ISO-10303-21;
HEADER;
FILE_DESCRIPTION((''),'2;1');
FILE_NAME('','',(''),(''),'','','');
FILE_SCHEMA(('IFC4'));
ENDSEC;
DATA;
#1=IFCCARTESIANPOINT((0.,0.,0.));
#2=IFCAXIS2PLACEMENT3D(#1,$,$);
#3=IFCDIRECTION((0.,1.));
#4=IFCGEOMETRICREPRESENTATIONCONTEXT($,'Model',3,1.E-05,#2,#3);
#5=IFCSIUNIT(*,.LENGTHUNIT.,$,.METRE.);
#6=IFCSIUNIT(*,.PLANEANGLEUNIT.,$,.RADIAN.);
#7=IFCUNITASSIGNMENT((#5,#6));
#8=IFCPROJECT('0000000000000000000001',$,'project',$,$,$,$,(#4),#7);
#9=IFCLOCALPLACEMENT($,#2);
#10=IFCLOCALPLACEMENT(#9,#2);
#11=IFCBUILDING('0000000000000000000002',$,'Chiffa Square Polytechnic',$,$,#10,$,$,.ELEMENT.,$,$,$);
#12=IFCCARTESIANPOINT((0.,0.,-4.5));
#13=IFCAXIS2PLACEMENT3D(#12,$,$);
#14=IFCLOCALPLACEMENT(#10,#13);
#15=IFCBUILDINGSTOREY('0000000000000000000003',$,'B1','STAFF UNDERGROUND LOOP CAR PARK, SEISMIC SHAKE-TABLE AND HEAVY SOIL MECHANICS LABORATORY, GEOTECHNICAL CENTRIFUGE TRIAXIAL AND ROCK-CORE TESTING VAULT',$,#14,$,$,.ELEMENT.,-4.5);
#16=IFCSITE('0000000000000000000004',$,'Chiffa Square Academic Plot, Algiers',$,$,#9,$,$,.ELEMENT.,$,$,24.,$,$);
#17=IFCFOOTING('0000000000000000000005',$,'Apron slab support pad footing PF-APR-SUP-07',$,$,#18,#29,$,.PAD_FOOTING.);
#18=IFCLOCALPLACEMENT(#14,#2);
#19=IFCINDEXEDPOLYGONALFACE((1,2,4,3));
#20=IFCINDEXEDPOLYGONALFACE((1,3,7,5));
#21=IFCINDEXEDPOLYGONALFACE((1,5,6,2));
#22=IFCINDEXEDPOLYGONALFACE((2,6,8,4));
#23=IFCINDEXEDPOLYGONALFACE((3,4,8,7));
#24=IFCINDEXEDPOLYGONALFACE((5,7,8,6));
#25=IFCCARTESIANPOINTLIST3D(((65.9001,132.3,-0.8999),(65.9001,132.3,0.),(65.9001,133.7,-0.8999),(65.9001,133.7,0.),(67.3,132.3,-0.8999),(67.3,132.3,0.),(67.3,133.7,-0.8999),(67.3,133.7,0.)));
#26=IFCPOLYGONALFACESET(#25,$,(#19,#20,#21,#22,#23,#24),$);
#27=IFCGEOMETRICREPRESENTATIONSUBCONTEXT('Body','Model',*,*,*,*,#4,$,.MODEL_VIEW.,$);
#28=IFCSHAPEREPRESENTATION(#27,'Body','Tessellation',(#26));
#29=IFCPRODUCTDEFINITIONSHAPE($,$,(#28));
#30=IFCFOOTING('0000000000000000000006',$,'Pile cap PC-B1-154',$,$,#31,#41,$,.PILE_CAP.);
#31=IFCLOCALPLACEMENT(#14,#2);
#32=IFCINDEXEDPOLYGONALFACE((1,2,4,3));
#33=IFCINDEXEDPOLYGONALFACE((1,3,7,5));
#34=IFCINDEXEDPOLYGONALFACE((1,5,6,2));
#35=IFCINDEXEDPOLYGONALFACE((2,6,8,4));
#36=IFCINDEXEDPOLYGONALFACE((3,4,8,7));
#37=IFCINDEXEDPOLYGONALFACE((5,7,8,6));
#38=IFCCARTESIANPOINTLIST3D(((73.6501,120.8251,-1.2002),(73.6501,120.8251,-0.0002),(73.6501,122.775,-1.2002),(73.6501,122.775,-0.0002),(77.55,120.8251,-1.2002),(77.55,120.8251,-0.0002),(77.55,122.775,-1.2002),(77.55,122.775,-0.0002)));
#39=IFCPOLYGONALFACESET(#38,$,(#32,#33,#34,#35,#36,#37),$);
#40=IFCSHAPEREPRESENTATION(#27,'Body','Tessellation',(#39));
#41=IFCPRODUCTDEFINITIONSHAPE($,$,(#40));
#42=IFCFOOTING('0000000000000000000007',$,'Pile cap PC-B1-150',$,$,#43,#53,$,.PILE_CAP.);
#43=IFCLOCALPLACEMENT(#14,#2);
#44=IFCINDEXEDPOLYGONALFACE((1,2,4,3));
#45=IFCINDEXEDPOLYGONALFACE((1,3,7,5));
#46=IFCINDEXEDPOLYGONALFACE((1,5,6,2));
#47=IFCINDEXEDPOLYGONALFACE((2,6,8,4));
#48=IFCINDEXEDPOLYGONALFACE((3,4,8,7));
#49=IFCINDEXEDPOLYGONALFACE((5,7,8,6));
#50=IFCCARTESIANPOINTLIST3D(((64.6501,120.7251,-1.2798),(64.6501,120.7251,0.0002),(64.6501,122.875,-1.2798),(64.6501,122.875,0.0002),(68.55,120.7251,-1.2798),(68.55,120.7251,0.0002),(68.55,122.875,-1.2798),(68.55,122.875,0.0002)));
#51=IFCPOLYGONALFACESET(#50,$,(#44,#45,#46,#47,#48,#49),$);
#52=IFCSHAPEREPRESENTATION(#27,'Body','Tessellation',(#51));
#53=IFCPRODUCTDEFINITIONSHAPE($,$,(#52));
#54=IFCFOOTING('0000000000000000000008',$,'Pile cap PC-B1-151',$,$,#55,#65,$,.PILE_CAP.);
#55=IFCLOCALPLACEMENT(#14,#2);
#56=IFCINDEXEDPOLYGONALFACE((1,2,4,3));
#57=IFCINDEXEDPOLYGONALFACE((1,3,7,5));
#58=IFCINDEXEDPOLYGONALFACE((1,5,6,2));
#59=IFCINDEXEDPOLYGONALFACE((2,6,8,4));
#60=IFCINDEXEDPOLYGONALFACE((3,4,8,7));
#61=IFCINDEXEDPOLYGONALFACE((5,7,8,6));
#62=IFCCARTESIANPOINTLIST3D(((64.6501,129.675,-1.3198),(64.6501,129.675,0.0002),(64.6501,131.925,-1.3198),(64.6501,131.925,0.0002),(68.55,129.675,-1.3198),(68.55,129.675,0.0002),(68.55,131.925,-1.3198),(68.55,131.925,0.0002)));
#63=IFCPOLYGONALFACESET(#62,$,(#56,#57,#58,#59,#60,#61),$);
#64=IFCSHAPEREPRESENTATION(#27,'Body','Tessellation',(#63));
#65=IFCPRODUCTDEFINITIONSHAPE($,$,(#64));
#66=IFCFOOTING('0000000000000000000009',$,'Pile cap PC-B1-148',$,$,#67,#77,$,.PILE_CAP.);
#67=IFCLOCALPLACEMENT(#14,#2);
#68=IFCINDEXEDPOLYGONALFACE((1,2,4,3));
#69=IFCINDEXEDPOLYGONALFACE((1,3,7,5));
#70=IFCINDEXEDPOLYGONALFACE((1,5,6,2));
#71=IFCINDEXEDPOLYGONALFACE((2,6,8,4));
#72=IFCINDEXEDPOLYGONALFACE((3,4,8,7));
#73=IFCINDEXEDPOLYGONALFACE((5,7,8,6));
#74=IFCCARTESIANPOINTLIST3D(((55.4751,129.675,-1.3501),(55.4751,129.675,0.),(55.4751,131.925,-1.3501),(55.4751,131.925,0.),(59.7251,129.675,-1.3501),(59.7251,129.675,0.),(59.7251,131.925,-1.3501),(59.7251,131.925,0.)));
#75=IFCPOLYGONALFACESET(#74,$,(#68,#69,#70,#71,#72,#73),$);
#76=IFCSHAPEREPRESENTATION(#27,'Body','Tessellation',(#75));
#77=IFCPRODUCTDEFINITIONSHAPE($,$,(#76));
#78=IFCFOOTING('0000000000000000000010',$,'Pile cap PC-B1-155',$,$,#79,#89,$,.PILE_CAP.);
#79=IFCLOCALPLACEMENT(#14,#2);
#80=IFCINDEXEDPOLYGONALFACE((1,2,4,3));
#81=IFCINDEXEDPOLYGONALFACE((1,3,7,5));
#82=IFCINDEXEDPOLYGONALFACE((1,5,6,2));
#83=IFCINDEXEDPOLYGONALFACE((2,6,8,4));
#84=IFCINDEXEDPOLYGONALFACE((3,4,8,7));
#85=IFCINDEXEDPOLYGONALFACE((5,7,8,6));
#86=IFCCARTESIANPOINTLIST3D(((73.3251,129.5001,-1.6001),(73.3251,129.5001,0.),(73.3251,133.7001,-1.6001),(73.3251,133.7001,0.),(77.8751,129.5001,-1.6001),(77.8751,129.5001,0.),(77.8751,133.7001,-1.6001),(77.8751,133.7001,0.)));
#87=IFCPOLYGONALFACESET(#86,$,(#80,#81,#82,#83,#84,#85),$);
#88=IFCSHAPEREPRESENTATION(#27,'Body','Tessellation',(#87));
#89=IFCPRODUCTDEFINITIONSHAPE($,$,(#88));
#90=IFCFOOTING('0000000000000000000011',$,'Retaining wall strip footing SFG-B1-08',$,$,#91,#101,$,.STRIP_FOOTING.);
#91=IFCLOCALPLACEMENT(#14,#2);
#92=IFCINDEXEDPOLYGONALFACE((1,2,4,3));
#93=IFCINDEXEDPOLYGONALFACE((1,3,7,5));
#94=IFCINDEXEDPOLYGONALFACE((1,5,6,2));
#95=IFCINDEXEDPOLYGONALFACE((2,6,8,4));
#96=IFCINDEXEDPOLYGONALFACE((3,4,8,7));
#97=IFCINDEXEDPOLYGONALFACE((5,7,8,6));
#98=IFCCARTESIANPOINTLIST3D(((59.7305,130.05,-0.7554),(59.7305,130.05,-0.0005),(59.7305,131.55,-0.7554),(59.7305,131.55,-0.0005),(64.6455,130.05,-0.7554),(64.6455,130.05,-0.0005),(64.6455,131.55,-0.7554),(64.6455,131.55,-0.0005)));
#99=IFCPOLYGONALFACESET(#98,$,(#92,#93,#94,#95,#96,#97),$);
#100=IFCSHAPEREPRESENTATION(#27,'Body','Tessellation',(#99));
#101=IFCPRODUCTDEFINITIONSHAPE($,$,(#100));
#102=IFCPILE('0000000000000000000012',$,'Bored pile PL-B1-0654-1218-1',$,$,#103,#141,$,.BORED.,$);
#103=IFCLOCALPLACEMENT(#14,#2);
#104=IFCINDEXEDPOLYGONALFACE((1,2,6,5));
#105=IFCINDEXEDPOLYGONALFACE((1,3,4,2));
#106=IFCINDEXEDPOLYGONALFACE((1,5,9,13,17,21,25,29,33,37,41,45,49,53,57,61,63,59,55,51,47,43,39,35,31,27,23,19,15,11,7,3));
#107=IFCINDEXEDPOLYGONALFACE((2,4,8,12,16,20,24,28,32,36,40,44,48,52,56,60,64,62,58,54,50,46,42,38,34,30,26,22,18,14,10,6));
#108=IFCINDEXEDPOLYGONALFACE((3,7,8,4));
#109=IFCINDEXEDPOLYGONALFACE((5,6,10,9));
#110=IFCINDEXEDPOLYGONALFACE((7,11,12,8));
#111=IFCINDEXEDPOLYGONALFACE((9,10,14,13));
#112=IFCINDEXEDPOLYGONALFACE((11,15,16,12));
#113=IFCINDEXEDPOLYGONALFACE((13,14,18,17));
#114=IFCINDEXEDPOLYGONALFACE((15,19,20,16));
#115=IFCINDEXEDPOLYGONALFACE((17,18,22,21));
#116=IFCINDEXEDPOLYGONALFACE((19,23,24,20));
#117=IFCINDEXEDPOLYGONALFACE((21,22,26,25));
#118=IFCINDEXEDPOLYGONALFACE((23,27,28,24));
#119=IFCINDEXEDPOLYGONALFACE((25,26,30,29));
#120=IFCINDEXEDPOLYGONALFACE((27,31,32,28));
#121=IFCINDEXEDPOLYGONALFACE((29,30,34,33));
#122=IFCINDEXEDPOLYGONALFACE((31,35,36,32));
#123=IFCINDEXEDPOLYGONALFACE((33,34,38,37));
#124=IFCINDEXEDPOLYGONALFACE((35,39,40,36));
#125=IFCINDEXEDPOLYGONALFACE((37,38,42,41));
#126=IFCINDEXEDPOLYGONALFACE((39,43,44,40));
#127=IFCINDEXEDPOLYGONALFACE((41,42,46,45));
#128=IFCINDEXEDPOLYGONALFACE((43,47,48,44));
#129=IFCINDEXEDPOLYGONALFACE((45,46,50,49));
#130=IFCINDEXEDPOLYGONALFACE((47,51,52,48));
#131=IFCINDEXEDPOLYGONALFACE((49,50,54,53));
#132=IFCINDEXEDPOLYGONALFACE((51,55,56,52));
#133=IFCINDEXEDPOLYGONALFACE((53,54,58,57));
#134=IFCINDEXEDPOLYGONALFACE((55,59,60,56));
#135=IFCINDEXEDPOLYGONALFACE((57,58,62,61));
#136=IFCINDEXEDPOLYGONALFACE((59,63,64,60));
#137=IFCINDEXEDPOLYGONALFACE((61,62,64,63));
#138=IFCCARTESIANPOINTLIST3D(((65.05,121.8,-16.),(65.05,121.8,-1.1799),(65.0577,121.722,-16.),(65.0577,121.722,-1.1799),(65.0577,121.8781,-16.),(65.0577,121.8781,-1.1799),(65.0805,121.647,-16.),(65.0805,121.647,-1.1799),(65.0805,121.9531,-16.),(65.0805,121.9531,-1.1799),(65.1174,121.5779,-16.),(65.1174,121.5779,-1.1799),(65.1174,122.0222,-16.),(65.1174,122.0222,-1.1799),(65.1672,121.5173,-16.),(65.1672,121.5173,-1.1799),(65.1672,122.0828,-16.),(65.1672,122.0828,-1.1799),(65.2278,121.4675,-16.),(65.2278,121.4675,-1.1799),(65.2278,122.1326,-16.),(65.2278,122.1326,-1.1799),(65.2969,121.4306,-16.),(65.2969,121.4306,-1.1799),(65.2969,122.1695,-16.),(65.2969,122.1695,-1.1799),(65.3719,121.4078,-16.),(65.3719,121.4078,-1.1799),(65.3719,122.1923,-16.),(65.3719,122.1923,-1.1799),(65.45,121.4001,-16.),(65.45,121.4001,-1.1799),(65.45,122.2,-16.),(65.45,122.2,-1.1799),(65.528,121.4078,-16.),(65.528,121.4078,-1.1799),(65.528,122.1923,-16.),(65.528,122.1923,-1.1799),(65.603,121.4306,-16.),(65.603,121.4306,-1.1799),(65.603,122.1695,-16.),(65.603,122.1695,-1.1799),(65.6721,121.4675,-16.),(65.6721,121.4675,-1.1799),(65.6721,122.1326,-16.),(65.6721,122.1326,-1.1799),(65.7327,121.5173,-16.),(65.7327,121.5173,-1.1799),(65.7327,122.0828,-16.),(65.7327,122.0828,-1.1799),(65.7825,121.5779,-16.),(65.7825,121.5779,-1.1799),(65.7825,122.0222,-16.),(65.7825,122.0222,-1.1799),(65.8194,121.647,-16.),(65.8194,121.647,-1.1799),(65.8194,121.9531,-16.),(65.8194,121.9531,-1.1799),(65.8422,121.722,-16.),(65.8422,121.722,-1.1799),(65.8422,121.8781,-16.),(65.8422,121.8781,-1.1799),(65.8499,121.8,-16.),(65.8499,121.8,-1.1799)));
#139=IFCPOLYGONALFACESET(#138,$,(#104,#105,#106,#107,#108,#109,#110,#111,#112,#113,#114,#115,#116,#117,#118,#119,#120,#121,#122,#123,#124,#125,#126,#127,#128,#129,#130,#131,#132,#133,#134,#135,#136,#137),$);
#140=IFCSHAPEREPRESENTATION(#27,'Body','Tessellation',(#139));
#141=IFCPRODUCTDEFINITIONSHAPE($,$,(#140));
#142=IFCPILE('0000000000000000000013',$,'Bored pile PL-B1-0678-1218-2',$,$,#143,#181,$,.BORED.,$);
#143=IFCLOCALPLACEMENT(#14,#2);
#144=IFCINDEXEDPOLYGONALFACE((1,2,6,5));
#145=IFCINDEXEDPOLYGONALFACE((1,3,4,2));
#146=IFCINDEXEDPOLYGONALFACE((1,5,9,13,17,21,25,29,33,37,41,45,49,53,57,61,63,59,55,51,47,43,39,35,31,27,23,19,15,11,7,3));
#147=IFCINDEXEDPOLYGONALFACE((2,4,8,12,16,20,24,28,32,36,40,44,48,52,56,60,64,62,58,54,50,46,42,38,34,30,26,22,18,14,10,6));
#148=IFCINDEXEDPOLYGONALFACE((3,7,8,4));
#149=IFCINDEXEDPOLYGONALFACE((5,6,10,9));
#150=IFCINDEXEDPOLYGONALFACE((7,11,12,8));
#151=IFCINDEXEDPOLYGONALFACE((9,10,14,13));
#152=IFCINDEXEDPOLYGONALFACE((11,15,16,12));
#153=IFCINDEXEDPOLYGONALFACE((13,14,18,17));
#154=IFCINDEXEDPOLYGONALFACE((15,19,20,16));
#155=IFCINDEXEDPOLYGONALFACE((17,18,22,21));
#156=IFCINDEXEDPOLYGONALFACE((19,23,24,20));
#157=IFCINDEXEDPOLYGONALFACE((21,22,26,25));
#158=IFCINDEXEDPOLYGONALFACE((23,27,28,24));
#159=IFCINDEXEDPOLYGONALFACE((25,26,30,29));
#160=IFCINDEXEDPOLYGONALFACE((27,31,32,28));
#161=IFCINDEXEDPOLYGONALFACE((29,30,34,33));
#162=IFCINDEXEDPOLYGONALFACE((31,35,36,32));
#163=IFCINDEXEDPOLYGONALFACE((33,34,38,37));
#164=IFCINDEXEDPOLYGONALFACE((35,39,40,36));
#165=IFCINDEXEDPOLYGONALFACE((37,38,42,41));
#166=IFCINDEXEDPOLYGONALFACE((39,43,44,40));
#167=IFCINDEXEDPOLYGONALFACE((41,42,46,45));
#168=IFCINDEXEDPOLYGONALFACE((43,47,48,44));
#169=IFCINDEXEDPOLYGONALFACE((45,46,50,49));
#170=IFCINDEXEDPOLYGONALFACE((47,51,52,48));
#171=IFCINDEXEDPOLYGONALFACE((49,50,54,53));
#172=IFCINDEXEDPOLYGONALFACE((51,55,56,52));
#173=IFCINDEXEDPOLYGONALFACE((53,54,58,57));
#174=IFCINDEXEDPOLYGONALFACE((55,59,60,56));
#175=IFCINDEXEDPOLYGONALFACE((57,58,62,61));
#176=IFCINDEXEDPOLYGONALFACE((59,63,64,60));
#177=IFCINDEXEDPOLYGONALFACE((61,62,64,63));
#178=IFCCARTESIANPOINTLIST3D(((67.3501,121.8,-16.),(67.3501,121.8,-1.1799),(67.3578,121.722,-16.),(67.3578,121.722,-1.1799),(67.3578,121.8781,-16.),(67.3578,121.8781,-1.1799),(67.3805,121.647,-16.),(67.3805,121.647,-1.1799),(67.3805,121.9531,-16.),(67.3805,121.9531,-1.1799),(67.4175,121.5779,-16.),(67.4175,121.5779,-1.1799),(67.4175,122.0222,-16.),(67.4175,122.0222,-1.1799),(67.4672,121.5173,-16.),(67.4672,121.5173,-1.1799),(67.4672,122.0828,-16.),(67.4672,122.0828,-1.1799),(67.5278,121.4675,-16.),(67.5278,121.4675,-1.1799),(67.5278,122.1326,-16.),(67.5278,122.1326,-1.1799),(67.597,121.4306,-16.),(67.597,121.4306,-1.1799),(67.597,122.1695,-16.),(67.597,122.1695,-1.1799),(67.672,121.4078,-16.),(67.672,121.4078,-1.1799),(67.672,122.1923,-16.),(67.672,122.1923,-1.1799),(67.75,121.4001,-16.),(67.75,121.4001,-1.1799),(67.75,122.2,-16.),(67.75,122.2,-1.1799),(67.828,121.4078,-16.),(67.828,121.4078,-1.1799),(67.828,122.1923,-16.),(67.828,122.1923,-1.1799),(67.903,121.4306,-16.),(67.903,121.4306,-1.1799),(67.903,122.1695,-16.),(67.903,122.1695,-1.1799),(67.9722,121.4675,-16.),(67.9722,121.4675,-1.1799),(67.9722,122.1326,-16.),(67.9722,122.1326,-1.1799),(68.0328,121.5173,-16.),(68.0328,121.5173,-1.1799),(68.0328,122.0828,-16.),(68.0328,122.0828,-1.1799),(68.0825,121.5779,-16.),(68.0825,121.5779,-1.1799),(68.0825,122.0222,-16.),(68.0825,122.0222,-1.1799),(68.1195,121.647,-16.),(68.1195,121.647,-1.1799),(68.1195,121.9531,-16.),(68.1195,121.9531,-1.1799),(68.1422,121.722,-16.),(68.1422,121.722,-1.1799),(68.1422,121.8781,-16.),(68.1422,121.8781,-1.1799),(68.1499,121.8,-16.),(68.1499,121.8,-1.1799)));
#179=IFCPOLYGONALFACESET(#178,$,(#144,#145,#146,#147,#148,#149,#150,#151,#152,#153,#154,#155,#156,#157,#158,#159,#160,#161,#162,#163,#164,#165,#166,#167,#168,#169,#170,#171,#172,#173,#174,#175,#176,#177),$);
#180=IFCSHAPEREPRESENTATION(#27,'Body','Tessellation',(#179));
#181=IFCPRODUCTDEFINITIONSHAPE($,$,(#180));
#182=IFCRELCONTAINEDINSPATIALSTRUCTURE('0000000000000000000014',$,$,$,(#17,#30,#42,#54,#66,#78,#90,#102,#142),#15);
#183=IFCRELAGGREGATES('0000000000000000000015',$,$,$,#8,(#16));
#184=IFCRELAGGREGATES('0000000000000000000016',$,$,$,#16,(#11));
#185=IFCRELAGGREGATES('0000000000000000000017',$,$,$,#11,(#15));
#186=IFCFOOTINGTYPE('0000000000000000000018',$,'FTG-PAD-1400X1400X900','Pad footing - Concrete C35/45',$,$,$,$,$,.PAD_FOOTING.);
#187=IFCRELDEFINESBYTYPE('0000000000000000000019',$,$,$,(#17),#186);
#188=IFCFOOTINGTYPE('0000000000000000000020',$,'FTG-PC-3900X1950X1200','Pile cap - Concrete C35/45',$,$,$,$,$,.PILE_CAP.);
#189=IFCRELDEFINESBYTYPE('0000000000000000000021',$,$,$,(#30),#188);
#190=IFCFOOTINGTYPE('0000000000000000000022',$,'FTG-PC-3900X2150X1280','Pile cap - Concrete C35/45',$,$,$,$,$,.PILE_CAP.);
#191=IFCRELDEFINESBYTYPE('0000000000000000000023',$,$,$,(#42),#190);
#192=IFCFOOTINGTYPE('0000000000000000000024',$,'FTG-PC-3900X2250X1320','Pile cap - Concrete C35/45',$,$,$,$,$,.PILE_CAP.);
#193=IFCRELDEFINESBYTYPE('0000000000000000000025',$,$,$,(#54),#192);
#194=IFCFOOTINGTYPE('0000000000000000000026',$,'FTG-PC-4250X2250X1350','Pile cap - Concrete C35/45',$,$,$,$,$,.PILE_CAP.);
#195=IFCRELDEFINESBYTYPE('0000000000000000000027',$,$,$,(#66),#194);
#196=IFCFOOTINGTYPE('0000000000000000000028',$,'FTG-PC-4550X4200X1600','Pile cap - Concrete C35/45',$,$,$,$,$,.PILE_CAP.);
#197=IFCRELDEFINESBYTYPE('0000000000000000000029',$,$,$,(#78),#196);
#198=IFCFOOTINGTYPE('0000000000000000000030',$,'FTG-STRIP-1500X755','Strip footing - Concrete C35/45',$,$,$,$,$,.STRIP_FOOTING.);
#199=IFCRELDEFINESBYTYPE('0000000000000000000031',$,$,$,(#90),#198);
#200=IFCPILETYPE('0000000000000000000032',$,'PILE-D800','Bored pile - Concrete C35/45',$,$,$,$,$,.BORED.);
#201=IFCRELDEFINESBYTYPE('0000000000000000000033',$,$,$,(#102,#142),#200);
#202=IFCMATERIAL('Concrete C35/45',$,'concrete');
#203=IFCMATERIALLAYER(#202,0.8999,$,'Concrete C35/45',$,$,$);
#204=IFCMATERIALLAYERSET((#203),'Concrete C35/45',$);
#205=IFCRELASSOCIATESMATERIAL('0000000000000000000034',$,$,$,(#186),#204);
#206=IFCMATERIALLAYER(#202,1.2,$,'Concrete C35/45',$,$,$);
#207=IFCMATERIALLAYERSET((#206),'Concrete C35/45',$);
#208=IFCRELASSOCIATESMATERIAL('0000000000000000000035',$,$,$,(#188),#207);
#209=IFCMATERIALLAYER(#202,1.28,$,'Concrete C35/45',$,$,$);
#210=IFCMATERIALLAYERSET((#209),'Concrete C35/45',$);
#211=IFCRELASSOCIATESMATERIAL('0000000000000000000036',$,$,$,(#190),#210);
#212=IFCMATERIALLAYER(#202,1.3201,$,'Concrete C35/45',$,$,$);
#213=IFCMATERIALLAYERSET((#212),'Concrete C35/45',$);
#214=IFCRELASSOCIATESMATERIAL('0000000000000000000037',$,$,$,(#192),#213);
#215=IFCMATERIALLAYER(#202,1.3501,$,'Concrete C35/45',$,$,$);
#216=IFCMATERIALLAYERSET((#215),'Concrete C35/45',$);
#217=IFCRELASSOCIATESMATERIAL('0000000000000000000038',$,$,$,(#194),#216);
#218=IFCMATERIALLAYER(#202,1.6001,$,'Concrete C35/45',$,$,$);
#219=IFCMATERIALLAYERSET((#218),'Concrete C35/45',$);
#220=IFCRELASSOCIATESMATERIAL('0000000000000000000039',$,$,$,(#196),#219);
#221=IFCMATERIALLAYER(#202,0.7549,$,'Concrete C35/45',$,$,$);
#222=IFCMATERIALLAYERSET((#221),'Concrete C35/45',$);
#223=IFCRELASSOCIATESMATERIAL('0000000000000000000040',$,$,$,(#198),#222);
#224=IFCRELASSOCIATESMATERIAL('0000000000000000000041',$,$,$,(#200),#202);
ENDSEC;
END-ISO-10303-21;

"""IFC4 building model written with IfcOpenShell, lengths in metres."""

from ifc_helpers import new_model, si_unit, direction, frame, origin, origin_2d, place, context, subcontext, project, spatial, rectangle, circle, extrude, material, layer, layer_set, material_profile, profile_set, type_object, element, save


model = new_model("IFC4")

# Units and contexts
model_context = context("Model", 3, precision=1e-05, world=origin(), true_north=direction((0.0, 1.0)))
body_context = subcontext(model_context, "Body", "Model", "MODEL_VIEW")
ifc_project = project(units=[si_unit("LENGTHUNIT", "METRE"), si_unit("PLANEANGLEUNIT", "RADIAN")], contexts=[model_context])

# Site, building, storey
site_placement = place(None, origin())
site = spatial("IfcSite", under=ifc_project, at=site_placement, Name="Chiffa Square Academic Plot, Algiers", CompositionType="ELEMENT", RefElevation=24.0)
building_placement = place(site_placement, origin())
building = spatial("IfcBuilding", under=site, at=building_placement, Name="Chiffa Square Polytechnic", CompositionType="ELEMENT")
storey_placement = place(building_placement, frame((0.0, 0.0, -4.5)))
storey = spatial("IfcBuildingStorey", under=building, at=storey_placement, Name="B1", Description="STAFF UNDERGROUND LOOP CAR PARK, SEISMIC SHAKE-TABLE AND HEAVY SOIL MECHANICS LABORATORY, GEOTECHNICAL CENTRIFUGE TRIAXIAL AND ROCK-CORE TESTING VAULT", CompositionType="ELEMENT", Elevation=-4.5)

# Footings
ifc_material_1 = material(Name="Concrete C35/45", Category="concrete")
ifc_layer_1 = layer(ifc_material_1, 0.8999, Name="Concrete C35/45")
ifc_layer_set_1 = layer_set([ifc_layer_1], Name="Concrete C35/45")
footing_type_1 = type_object("IfcFootingType", Name="FTG-PAD-1400X1400X900", Description="Pad footing - Concrete C35/45", PredefinedType="PAD_FOOTING", material=ifc_layer_set_1)
footing_1_placement = place(storey_placement, frame((66.6001, 133.0, -0.8999), z_axis=(0.0, 0.0, 1.0), x_axis=(1.0, 0.0, 0.0)))
element("IfcFooting", 1, at=footing_1_placement, inside=storey, type_object=footing_type_1, Name="Apron slab support pad footing PF-APR-SUP-07", PredefinedType="PAD_FOOTING", context=body_context, shape_type="SweptSolid", body=[
    extrude(rectangle(XDim=1.3999, YDim=1.3999, at=origin_2d()), origin(), (0.0, 0.0, 1.0), 0.8999),
])
ifc_layer_2 = layer(ifc_material_1, 1.2, Name="Concrete C35/45")
ifc_layer_set_2 = layer_set([ifc_layer_2], Name="Concrete C35/45")
footing_type_2 = type_object("IfcFootingType", Name="FTG-PC-3900X1950X1200", Description="Pile cap - Concrete C35/45", PredefinedType="PILE_CAP", material=ifc_layer_set_2)
footing_2_placement = place(storey_placement, frame((75.6001, 121.8, -1.2002), z_axis=(0.0, 0.0, 1.0), x_axis=(1.0, 0.0, 0.0)))
element("IfcFooting", 2, at=footing_2_placement, inside=storey, type_object=footing_type_2, Name="Pile cap PC-B1-154", PredefinedType="PILE_CAP", context=body_context, shape_type="SweptSolid", body=[
    extrude(rectangle(XDim=3.8999, YDim=1.95, at=origin_2d()), origin(), (0.0, 0.0, 1.0), 1.2),
])
ifc_layer_3 = layer(ifc_material_1, 1.28, Name="Concrete C35/45")
ifc_layer_set_3 = layer_set([ifc_layer_3], Name="Concrete C35/45")
footing_type_3 = type_object("IfcFootingType", Name="FTG-PC-3900X2150X1280", Description="Pile cap - Concrete C35/45", PredefinedType="PILE_CAP", material=ifc_layer_set_3)
footing_3_placement = place(storey_placement, frame((66.6001, 121.8, -1.2798), z_axis=(0.0, 0.0, 1.0), x_axis=(1.0, 0.0, 0.0)))
element("IfcFooting", 3, at=footing_3_placement, inside=storey, type_object=footing_type_3, Name="Pile cap PC-B1-150", PredefinedType="PILE_CAP", context=body_context, shape_type="SweptSolid", body=[
    extrude(rectangle(XDim=3.8999, YDim=2.1499, at=origin_2d()), origin(), (0.0, 0.0, 1.0), 1.28),
])
ifc_layer_4 = layer(ifc_material_1, 1.3201, Name="Concrete C35/45")
ifc_layer_set_4 = layer_set([ifc_layer_4], Name="Concrete C35/45")
footing_type_4 = type_object("IfcFootingType", Name="FTG-PC-3900X2250X1320", Description="Pile cap - Concrete C35/45", PredefinedType="PILE_CAP", material=ifc_layer_set_4)
footing_4_placement = place(storey_placement, frame((66.6001, 130.8, -1.3198), z_axis=(0.0, 0.0, 1.0), x_axis=(1.0, 0.0, 0.0)))
element("IfcFooting", 4, at=footing_4_placement, inside=storey, type_object=footing_type_4, Name="Pile cap PC-B1-151", PredefinedType="PILE_CAP", context=body_context, shape_type="SweptSolid", body=[
    extrude(rectangle(XDim=3.8999, YDim=2.25, at=origin_2d()), origin(), (0.0, 0.0, 1.0), 1.3201),
])
ifc_layer_5 = layer(ifc_material_1, 1.3501, Name="Concrete C35/45")
ifc_layer_set_5 = layer_set([ifc_layer_5], Name="Concrete C35/45")
footing_type_5 = type_object("IfcFootingType", Name="FTG-PC-4250X2250X1350", Description="Pile cap - Concrete C35/45", PredefinedType="PILE_CAP", material=ifc_layer_set_5)
footing_5_placement = place(storey_placement, frame((57.6001, 130.8, -1.3501), z_axis=(0.0, 0.0, 1.0), x_axis=(1.0, 0.0, 0.0)))
element("IfcFooting", 5, at=footing_5_placement, inside=storey, type_object=footing_type_5, Name="Pile cap PC-B1-148", PredefinedType="PILE_CAP", context=body_context, shape_type="SweptSolid", body=[
    extrude(rectangle(XDim=4.25, YDim=2.25, at=origin_2d()), origin(), (0.0, 0.0, 1.0), 1.3501),
])
ifc_layer_6 = layer(ifc_material_1, 1.6001, Name="Concrete C35/45")
ifc_layer_set_6 = layer_set([ifc_layer_6], Name="Concrete C35/45")
footing_type_6 = type_object("IfcFootingType", Name="FTG-PC-4550X4200X1600", Description="Pile cap - Concrete C35/45", PredefinedType="PILE_CAP", material=ifc_layer_set_6)
footing_6_placement = place(storey_placement, frame((75.6001, 131.6001, -1.6001), z_axis=(0.0, 0.0, 1.0), x_axis=(1.0, 0.0, 0.0)))
element("IfcFooting", 6, at=footing_6_placement, inside=storey, type_object=footing_type_6, Name="Pile cap PC-B1-155", PredefinedType="PILE_CAP", context=body_context, shape_type="SweptSolid", body=[
    extrude(rectangle(XDim=4.55, YDim=4.2, at=origin_2d()), origin(), (0.0, 0.0, 1.0), 1.6001),
])
ifc_layer_7 = layer(ifc_material_1, 0.7549, Name="Concrete C35/45")
ifc_layer_set_7 = layer_set([ifc_layer_7], Name="Concrete C35/45")
footing_type_7 = type_object("IfcFootingType", Name="FTG-STRIP-1500X755", Description="Strip footing - Concrete C35/45", PredefinedType="STRIP_FOOTING", material=ifc_layer_set_7)
footing_7_placement = place(storey_placement, frame((62.188, 130.8, -0.7554), z_axis=(0.0, 0.0, 1.0), x_axis=(1.0, 0.0, 0.0)))
element("IfcFooting", 7, at=footing_7_placement, inside=storey, type_object=footing_type_7, Name="Retaining wall strip footing SFG-B1-08", PredefinedType="STRIP_FOOTING", context=body_context, shape_type="SweptSolid", body=[
    extrude(rectangle(XDim=4.915, YDim=1.5, at=origin_2d()), origin(), (0.0, 0.0, 1.0), 0.7549),
])

# Piles
ifc_material_profile_1 = material_profile(ifc_material_1, circle(Radius=0.3999, at=origin_2d()), Name="PILE D800")
ifc_profile_set_1 = profile_set([ifc_material_profile_1], Name="Concrete C35/45")
pile_type_1 = type_object("IfcPileType", Name="PILE-D800", Description="Bored pile - Concrete C35/45", PredefinedType="BORED", material=ifc_profile_set_1)
for number, where, z_axis, x_axis, name in (
    (8, (65.45, 121.8, -1.1799), (0.0, 0.0, -1.0), (1.0, 0.0, 0.0), "Bored pile PL-B1-0654-1218-1"),
    (9, (67.75, 121.8, -1.1799), (0.0, 0.0, -1.0), (1.0, 0.0, 0.0), "Bored pile PL-B1-0678-1218-2"),
):
    element("IfcPile", number, at=place(storey_placement, frame(where, z_axis=z_axis, x_axis=x_axis)), inside=storey, type_object=pile_type_1, Name=name, PredefinedType="BORED", context=body_context, shape_type="SweptSolid", body=[
        extrude(circle(Radius=0.3999, at=origin_2d()), origin(), (0.0, 0.0, 1.0), 14.8201),
    ])

save(model, "model.ifc")
